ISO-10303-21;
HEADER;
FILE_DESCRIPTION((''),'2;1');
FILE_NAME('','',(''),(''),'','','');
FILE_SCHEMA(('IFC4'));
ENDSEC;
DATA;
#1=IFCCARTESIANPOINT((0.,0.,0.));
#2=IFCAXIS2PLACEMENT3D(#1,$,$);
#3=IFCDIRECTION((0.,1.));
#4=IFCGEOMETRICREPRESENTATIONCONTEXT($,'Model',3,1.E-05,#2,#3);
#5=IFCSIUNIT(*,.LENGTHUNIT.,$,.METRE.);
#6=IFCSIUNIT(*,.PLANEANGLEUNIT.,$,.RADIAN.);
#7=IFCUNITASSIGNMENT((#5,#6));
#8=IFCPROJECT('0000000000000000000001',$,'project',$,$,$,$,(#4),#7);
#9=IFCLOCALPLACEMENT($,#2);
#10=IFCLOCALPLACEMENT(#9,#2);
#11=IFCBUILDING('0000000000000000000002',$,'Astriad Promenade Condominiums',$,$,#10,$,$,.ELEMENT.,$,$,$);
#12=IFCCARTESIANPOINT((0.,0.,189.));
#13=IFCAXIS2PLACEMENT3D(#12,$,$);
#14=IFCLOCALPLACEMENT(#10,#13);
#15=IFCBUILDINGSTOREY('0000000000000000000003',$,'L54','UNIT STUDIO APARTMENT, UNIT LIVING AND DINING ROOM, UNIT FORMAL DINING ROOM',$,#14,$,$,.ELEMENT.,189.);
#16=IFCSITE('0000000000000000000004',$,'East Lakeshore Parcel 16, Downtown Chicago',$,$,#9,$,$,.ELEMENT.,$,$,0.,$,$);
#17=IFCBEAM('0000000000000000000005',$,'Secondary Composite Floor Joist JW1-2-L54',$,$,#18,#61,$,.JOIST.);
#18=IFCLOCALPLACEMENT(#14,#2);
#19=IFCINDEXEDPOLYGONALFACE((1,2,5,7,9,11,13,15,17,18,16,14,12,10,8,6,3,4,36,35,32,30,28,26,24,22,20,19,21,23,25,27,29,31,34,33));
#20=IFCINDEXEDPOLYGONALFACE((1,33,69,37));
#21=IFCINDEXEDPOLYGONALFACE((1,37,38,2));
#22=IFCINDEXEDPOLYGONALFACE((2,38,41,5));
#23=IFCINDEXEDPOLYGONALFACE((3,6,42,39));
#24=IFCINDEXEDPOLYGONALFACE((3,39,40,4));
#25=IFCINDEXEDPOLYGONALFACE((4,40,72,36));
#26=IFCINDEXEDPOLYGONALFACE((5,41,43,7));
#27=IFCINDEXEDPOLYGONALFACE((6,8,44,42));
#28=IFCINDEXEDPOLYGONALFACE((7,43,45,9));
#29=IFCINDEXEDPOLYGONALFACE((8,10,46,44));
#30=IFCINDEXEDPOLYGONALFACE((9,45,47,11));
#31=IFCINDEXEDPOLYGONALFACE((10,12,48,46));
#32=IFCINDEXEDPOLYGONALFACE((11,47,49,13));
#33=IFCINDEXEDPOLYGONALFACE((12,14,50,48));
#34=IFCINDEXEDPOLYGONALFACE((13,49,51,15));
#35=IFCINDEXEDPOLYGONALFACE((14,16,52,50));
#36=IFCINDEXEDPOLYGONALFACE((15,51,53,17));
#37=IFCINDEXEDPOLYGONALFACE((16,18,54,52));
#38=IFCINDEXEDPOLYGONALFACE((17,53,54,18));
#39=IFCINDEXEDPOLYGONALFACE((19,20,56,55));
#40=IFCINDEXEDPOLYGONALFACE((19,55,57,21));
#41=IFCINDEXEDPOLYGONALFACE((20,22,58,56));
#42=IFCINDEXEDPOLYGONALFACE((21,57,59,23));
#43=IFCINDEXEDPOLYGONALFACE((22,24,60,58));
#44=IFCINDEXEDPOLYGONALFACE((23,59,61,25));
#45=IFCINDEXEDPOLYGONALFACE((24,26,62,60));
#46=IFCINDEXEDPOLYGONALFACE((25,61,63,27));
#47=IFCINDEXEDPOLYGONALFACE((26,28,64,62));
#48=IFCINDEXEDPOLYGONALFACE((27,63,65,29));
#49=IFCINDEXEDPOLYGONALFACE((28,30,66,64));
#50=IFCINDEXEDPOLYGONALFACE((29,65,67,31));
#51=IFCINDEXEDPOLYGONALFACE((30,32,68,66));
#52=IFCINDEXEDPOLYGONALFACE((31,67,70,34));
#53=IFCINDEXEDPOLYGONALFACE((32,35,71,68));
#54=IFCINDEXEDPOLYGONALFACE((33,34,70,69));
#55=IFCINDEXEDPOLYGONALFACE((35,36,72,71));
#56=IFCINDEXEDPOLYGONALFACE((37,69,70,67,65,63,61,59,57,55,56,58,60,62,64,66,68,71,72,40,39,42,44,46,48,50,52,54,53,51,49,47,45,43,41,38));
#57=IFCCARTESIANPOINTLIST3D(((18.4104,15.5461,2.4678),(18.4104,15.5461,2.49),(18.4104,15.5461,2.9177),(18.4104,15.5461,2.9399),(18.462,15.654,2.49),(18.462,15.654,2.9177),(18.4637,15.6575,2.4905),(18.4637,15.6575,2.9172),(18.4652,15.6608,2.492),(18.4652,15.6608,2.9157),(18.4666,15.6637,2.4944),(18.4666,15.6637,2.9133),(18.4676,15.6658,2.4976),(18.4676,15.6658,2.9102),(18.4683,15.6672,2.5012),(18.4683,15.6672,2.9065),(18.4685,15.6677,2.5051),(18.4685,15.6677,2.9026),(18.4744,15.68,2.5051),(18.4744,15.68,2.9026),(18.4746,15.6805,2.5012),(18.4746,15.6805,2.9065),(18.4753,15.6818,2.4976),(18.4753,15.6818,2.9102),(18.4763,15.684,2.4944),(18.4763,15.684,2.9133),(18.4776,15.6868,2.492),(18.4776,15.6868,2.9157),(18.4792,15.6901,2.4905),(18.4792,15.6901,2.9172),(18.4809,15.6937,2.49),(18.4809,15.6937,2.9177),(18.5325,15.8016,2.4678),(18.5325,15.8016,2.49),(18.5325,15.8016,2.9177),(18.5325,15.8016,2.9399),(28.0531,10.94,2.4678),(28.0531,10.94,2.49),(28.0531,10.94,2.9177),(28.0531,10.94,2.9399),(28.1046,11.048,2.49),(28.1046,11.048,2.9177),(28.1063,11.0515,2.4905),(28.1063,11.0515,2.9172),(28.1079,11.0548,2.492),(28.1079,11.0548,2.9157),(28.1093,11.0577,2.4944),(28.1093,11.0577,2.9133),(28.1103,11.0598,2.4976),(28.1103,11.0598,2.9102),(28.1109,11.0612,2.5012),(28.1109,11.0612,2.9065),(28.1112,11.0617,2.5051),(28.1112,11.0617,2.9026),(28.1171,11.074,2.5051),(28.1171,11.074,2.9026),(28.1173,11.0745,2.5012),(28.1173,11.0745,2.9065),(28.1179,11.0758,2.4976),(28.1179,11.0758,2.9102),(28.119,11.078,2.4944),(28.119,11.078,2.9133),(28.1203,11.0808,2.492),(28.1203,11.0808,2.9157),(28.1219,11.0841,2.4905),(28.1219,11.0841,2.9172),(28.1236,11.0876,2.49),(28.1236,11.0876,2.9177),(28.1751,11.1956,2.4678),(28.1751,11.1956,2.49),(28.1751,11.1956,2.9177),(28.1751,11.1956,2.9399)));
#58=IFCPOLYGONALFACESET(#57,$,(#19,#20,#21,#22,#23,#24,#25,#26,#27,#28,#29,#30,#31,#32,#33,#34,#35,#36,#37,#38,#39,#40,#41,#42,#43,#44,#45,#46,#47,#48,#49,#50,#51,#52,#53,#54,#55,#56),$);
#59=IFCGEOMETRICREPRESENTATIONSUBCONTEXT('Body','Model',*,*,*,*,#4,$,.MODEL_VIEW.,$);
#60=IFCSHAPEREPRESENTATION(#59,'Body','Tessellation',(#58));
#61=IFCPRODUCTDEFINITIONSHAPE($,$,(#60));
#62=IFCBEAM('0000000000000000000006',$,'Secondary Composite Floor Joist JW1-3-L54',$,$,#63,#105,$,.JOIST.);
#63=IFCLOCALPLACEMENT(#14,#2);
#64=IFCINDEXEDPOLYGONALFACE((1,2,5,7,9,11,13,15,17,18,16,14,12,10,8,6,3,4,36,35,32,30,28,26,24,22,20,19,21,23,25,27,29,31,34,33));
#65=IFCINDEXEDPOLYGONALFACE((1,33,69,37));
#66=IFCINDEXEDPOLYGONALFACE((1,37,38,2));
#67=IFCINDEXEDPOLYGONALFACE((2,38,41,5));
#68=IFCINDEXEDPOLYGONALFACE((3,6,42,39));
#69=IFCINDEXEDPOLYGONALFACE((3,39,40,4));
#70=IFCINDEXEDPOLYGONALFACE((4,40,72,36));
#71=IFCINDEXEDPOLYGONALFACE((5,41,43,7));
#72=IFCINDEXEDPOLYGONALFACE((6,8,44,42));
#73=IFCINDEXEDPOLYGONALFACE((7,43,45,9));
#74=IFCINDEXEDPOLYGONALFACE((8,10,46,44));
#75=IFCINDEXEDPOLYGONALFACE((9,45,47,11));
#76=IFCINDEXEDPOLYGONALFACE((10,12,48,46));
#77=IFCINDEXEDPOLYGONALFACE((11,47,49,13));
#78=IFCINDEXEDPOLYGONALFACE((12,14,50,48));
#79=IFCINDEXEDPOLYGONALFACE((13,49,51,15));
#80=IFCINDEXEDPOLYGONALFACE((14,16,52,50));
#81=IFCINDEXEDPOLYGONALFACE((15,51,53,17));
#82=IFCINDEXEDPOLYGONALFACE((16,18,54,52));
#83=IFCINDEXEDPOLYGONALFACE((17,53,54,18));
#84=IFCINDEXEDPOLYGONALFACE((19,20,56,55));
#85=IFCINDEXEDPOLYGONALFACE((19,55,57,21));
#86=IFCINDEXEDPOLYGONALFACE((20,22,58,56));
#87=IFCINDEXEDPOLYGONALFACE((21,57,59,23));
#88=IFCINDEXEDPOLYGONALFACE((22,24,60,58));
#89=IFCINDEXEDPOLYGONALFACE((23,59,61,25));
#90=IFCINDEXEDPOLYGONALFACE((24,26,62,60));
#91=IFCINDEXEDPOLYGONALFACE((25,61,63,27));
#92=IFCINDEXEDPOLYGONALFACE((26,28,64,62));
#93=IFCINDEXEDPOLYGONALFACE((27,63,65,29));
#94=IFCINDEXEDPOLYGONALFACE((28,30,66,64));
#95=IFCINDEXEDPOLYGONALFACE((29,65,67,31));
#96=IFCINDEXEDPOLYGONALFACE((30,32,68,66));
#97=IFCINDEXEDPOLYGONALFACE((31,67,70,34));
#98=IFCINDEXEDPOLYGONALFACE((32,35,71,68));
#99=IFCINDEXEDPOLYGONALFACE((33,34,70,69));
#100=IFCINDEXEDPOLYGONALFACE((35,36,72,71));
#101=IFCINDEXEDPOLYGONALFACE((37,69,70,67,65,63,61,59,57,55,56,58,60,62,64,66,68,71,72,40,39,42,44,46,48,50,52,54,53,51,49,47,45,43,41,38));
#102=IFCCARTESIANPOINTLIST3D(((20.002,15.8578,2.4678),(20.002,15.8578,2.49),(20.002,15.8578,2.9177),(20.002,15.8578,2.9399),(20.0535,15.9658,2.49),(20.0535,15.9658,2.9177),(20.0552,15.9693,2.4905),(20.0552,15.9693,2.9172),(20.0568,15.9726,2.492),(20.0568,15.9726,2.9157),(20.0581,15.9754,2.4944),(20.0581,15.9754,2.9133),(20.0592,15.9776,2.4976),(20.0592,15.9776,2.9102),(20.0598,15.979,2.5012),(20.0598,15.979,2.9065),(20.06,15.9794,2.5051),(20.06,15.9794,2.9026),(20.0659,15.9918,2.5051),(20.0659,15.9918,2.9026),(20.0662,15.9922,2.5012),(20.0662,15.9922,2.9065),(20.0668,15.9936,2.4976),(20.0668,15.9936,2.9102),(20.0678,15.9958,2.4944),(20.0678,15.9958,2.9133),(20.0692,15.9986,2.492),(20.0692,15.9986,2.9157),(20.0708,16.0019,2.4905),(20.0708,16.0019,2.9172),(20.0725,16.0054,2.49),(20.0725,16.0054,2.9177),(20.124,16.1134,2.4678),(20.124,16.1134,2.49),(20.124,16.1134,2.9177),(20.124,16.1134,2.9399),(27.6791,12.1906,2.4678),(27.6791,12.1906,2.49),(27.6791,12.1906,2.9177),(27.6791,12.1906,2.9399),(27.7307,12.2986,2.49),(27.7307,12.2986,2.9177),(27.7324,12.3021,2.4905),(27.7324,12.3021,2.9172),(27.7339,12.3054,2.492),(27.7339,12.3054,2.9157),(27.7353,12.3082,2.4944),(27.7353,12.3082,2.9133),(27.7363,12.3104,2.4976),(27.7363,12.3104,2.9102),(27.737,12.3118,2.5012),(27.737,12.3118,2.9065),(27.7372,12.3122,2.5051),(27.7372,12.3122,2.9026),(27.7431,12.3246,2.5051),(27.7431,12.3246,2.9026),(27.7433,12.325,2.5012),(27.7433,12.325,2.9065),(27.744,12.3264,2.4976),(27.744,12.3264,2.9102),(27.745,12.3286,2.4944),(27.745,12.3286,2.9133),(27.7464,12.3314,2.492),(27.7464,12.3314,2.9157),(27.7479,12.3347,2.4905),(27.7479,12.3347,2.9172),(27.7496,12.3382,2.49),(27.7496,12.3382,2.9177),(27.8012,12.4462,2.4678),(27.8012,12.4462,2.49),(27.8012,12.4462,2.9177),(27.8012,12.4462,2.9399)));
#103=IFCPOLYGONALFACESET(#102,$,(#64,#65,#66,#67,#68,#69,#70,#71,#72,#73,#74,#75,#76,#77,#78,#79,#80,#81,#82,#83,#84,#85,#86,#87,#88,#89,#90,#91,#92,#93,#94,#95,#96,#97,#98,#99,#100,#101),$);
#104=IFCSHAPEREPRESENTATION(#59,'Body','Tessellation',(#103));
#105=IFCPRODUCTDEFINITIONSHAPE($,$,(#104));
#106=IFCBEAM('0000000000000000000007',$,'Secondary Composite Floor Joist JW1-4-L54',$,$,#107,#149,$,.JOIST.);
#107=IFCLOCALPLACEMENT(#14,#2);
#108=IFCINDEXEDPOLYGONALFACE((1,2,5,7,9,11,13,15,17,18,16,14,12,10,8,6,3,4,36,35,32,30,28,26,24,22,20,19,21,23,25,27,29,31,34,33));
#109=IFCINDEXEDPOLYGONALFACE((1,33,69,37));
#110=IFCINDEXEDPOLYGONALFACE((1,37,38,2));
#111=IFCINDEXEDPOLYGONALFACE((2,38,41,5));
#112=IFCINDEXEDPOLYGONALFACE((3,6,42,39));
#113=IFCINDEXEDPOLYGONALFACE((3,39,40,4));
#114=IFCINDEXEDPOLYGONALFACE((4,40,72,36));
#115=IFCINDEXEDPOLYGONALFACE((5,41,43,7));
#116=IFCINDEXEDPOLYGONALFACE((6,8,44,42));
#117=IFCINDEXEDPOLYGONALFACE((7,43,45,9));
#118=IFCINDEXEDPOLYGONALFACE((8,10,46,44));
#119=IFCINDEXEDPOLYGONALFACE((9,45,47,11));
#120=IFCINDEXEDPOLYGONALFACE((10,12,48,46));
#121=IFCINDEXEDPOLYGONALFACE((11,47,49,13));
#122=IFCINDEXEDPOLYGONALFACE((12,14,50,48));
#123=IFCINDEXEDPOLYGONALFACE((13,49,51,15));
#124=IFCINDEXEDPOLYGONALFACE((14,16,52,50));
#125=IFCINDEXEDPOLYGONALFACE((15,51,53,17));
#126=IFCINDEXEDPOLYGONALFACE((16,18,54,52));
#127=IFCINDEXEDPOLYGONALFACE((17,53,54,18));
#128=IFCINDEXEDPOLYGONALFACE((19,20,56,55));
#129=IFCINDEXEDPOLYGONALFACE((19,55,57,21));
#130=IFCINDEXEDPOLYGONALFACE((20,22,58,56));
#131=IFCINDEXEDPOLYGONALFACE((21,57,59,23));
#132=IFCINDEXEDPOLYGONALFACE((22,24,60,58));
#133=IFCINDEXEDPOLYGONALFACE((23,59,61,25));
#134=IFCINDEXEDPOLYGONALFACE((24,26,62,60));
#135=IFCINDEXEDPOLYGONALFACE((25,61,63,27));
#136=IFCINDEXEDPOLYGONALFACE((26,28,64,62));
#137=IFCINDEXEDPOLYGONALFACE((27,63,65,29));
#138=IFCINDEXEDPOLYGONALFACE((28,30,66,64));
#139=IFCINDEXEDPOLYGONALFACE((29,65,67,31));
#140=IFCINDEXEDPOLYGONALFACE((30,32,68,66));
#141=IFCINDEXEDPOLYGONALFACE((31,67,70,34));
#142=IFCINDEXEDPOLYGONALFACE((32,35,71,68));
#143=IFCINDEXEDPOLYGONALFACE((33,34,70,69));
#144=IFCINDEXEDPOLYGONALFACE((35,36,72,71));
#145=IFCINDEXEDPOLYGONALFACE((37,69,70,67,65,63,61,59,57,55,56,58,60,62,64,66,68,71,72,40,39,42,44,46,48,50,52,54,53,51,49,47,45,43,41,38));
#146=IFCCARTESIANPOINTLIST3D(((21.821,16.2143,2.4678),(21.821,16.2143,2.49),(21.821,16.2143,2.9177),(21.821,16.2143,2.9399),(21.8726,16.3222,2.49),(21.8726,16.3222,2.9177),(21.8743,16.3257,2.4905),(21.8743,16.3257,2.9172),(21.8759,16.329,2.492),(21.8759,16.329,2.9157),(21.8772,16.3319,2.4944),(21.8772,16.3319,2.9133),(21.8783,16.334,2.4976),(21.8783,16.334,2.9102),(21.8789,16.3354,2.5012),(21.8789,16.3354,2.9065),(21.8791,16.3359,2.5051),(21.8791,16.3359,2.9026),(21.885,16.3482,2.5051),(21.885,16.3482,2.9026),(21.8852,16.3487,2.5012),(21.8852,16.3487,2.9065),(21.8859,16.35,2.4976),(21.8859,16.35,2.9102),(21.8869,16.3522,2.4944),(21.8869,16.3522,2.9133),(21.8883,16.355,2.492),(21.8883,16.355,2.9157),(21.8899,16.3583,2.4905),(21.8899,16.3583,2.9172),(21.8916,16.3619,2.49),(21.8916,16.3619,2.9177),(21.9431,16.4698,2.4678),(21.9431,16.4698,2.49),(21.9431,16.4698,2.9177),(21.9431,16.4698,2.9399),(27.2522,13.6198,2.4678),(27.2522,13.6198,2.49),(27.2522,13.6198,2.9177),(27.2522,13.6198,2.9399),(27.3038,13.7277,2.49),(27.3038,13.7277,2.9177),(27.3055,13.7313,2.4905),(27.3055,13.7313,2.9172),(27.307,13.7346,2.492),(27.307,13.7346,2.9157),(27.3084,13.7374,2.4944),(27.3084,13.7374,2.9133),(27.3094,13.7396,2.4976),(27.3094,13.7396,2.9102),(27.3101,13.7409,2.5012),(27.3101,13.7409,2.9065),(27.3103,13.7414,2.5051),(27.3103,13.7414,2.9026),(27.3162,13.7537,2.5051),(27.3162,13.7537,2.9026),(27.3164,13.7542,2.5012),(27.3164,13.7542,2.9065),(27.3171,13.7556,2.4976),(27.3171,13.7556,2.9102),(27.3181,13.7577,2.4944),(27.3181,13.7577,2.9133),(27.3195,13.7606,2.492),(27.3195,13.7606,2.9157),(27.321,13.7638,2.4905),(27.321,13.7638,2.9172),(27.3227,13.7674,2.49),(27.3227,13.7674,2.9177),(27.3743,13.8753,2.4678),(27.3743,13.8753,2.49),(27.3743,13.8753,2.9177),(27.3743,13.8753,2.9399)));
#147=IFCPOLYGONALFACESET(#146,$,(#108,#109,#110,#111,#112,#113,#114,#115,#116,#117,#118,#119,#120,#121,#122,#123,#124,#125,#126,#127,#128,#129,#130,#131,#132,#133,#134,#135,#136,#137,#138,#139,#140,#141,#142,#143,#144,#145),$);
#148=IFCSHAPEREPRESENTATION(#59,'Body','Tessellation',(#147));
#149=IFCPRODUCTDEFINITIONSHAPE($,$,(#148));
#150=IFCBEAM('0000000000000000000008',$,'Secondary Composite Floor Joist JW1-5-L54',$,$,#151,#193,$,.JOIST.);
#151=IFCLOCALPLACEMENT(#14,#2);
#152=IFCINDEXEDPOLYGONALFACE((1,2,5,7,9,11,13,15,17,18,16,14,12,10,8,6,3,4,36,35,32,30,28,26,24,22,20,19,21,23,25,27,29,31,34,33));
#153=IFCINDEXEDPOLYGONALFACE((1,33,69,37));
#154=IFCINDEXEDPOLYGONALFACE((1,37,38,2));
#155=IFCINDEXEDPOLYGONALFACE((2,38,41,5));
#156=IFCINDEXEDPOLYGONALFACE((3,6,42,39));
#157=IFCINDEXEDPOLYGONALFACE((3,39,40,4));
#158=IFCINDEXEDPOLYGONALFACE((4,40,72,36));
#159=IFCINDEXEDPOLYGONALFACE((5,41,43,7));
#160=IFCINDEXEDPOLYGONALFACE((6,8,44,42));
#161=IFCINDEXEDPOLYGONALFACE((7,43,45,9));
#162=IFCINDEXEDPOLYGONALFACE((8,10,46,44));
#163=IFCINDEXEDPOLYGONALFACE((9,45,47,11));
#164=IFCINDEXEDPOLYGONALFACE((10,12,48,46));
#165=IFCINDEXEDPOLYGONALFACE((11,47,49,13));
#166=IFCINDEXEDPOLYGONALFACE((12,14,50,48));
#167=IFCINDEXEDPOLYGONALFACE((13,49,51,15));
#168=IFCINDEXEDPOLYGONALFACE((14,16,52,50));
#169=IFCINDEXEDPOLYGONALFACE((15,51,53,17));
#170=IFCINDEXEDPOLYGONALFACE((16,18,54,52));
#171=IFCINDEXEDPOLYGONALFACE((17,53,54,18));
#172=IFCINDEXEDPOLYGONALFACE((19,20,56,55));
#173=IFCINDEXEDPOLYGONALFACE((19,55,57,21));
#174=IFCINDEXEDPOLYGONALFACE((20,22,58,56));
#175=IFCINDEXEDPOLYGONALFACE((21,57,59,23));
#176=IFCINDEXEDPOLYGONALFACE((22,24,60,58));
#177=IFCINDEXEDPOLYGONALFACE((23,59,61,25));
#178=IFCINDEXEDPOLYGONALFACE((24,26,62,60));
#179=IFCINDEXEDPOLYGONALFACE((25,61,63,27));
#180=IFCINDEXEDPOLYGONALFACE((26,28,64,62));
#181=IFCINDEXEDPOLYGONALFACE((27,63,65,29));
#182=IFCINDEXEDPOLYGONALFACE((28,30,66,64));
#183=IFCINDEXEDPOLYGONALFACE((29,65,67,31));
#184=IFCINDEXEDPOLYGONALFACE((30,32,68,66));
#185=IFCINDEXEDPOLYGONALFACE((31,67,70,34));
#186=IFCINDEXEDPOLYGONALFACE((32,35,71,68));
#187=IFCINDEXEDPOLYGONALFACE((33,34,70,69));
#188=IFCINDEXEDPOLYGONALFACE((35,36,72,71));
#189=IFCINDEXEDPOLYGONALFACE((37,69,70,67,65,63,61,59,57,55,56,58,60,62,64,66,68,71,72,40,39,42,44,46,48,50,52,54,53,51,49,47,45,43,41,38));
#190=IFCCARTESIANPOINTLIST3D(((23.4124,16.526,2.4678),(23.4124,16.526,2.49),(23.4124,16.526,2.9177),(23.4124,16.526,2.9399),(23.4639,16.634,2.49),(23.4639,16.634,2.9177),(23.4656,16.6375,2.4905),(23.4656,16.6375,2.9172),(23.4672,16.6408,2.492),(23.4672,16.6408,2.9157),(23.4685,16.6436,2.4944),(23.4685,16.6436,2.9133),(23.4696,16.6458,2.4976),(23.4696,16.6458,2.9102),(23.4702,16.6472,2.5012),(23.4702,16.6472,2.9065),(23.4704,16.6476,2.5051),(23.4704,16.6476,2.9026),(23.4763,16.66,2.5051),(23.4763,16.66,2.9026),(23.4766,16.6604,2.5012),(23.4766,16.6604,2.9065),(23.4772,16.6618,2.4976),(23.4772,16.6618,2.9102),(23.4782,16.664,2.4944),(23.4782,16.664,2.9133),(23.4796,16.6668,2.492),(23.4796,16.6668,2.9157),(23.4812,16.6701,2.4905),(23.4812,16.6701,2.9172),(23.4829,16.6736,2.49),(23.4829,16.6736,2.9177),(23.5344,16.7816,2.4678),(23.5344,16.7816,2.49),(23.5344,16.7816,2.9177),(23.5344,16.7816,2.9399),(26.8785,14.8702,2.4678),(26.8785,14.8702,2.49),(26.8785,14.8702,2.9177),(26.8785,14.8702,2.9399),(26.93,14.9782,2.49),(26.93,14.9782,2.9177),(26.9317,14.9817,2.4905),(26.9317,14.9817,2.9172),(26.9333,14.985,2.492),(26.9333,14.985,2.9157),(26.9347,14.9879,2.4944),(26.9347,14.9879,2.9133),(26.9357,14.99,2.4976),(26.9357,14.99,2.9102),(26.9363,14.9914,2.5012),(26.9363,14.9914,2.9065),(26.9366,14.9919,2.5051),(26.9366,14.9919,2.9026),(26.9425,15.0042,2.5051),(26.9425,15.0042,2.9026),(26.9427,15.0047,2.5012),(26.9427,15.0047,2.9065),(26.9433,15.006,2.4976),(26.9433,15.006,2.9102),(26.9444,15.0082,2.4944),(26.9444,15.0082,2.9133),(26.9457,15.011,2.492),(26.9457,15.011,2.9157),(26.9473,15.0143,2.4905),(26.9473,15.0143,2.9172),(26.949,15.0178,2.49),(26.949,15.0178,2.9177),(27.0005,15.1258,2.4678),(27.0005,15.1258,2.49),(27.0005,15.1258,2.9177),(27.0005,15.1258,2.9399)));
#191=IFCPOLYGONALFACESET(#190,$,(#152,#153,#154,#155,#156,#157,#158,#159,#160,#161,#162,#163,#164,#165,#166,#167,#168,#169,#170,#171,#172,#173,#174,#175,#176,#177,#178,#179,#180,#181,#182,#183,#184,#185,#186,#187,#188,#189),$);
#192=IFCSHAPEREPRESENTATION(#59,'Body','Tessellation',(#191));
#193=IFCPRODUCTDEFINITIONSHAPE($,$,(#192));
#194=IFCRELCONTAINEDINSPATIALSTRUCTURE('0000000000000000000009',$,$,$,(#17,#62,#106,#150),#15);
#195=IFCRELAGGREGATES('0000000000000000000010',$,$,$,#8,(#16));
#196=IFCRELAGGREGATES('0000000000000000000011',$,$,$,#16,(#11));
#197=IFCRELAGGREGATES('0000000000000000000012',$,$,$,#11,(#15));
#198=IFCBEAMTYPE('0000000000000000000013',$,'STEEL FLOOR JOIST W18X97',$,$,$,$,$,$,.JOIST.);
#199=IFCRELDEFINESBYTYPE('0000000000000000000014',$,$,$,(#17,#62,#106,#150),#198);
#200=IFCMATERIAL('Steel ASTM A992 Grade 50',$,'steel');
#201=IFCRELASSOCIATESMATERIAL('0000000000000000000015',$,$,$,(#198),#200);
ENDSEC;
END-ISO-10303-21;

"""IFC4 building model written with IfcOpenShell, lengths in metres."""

from ifc_helpers import new_model, si_unit, direction, frame, origin, origin_2d, place, context, subcontext, project, spatial, i_section, extrude, source, transform, mapped, material, material_profile, profile_set, type_object, element, save


model = new_model("IFC4")

# Units and contexts
model_context = context("Model", 3, precision=1e-05, world=origin(), true_north=direction((0.0, 1.0)))
body_context = subcontext(model_context, "Body", "Model", "MODEL_VIEW")
ifc_project = project(units=[si_unit("LENGTHUNIT", "METRE"), si_unit("PLANEANGLEUNIT", "RADIAN")], contexts=[model_context])

# Site, building, storey
site_placement = place(None, origin())
site = spatial("IfcSite", under=ifc_project, at=site_placement, Name="East Lakeshore Parcel 16, Downtown Chicago", CompositionType="ELEMENT", RefElevation=0.0)
building_placement = place(site_placement, origin())
building = spatial("IfcBuilding", under=site, at=building_placement, Name="Astriad Promenade Condominiums", CompositionType="ELEMENT")
storey_placement = place(building_placement, frame((0.0, 0.0, 189.0)))
storey = spatial("IfcBuildingStorey", under=building, at=storey_placement, Name="L54", Description="UNIT STUDIO APARTMENT, UNIT LIVING AND DINING ROOM, UNIT FORMAL DINING ROOM", CompositionType="ELEMENT", Elevation=189.0)

# Beams
ifc_material_1 = material(Name="Steel ASTM A992 Grade 50", Category="steel")
ifc_material_profile_1 = material_profile(ifc_material_1, i_section(OverallWidth=0.2832, OverallDepth=0.4722, WebThickness=0.0137, FlangeThickness=0.0222, FilletRadius=0.0151, at=origin_2d()), Name="W18X97")
ifc_profile_set_1 = profile_set([ifc_material_profile_1], Name="Steel ASTM A992 Grade 50")
beam_type_1 = type_object("IfcBeamType", Name="STEEL FLOOR JOIST W18X97", PredefinedType="JOIST", material=ifc_profile_set_1)
shared_shape_1 = source(origin(), body_context, "Body", "SweptSolid", [
    extrude(i_section(OverallWidth=0.2832, OverallDepth=0.4722, WebThickness=0.0137, FlangeThickness=0.0222, FilletRadius=0.0151, at=origin_2d()), origin(), (0.0, 0.0, 1.0), 10.6863),
])
beam_1_placement = place(storey_placement, frame((18.4714, 15.6738, 2.7039), z_axis=(0.902342, -0.431021, 0.0), x_axis=(0.431021, 0.902342, 0.0)))
element("IfcBeam", 1, at=beam_1_placement, inside=storey, type_object=beam_type_1, Name="Secondary Composite Floor Joist JW1-2-L54", PredefinedType="JOIST", context=body_context, shape_type="MappedRepresentation", body=[
    mapped(shared_shape_1, transform((0.0, 0.0, 0.0), scale=1.0)),
])
shared_shape_2 = source(origin(), body_context, "Body", "SweptSolid", [
    extrude(i_section(OverallWidth=0.2832, OverallDepth=0.4722, WebThickness=0.0137, FlangeThickness=0.0222, FilletRadius=0.0151, at=origin_2d()), origin(), (0.0, 0.0, 1.0), 8.5081),
])
beam_2_placement = place(storey_placement, frame((20.063, 15.9856, 2.7039), z_axis=(0.90234, -0.431026, 0.0), x_axis=(0.431026, 0.90234, 0.0)))
element("IfcBeam", 2, at=beam_2_placement, inside=storey, type_object=beam_type_1, Name="Secondary Composite Floor Joist JW1-3-L54", PredefinedType="JOIST", context=body_context, shape_type="MappedRepresentation", body=[
    mapped(shared_shape_2, transform((0.0, 0.0, 0.0), scale=1.0)),
])
shared_shape_3 = source(origin(), body_context, "Body", "SweptSolid", [
    extrude(i_section(OverallWidth=0.2832, OverallDepth=0.4722, WebThickness=0.0137, FlangeThickness=0.0222, FilletRadius=0.0151, at=origin_2d()), origin(), (0.0, 0.0, 1.0), 6.019),
])
beam_3_placement = place(storey_placement, frame((21.8821, 16.342, 2.7039), z_axis=(0.90233, -0.431046, 0.0), x_axis=(0.431046, 0.90233, 0.0)))
element("IfcBeam", 3, at=beam_3_placement, inside=storey, type_object=beam_type_1, Name="Secondary Composite Floor Joist JW1-4-L54", PredefinedType="JOIST", context=body_context, shape_type="MappedRepresentation", body=[
    mapped(shared_shape_3, transform((0.0, 0.0, 0.0), scale=1.0)),
])
shared_shape_4 = source(origin(), body_context, "Body", "SweptSolid", [
    extrude(i_section(OverallWidth=0.2832, OverallDepth=0.4722, WebThickness=0.0137, FlangeThickness=0.0222, FilletRadius=0.0151, at=origin_2d()), origin(), (0.0, 0.0, 1.0), 3.8413),
])
beam_4_placement = place(storey_placement, frame((23.4734, 16.6538, 2.7039), z_axis=(0.902329, -0.431048, 0.0), x_axis=(0.431048, 0.902329, 0.0)))
element("IfcBeam", 4, at=beam_4_placement, inside=storey, type_object=beam_type_1, Name="Secondary Composite Floor Joist JW1-5-L54", PredefinedType="JOIST", context=body_context, shape_type="MappedRepresentation", body=[
    mapped(shared_shape_4, transform((0.0, 0.0, 0.0), scale=1.0)),
])

save(model, "model.ifc")
